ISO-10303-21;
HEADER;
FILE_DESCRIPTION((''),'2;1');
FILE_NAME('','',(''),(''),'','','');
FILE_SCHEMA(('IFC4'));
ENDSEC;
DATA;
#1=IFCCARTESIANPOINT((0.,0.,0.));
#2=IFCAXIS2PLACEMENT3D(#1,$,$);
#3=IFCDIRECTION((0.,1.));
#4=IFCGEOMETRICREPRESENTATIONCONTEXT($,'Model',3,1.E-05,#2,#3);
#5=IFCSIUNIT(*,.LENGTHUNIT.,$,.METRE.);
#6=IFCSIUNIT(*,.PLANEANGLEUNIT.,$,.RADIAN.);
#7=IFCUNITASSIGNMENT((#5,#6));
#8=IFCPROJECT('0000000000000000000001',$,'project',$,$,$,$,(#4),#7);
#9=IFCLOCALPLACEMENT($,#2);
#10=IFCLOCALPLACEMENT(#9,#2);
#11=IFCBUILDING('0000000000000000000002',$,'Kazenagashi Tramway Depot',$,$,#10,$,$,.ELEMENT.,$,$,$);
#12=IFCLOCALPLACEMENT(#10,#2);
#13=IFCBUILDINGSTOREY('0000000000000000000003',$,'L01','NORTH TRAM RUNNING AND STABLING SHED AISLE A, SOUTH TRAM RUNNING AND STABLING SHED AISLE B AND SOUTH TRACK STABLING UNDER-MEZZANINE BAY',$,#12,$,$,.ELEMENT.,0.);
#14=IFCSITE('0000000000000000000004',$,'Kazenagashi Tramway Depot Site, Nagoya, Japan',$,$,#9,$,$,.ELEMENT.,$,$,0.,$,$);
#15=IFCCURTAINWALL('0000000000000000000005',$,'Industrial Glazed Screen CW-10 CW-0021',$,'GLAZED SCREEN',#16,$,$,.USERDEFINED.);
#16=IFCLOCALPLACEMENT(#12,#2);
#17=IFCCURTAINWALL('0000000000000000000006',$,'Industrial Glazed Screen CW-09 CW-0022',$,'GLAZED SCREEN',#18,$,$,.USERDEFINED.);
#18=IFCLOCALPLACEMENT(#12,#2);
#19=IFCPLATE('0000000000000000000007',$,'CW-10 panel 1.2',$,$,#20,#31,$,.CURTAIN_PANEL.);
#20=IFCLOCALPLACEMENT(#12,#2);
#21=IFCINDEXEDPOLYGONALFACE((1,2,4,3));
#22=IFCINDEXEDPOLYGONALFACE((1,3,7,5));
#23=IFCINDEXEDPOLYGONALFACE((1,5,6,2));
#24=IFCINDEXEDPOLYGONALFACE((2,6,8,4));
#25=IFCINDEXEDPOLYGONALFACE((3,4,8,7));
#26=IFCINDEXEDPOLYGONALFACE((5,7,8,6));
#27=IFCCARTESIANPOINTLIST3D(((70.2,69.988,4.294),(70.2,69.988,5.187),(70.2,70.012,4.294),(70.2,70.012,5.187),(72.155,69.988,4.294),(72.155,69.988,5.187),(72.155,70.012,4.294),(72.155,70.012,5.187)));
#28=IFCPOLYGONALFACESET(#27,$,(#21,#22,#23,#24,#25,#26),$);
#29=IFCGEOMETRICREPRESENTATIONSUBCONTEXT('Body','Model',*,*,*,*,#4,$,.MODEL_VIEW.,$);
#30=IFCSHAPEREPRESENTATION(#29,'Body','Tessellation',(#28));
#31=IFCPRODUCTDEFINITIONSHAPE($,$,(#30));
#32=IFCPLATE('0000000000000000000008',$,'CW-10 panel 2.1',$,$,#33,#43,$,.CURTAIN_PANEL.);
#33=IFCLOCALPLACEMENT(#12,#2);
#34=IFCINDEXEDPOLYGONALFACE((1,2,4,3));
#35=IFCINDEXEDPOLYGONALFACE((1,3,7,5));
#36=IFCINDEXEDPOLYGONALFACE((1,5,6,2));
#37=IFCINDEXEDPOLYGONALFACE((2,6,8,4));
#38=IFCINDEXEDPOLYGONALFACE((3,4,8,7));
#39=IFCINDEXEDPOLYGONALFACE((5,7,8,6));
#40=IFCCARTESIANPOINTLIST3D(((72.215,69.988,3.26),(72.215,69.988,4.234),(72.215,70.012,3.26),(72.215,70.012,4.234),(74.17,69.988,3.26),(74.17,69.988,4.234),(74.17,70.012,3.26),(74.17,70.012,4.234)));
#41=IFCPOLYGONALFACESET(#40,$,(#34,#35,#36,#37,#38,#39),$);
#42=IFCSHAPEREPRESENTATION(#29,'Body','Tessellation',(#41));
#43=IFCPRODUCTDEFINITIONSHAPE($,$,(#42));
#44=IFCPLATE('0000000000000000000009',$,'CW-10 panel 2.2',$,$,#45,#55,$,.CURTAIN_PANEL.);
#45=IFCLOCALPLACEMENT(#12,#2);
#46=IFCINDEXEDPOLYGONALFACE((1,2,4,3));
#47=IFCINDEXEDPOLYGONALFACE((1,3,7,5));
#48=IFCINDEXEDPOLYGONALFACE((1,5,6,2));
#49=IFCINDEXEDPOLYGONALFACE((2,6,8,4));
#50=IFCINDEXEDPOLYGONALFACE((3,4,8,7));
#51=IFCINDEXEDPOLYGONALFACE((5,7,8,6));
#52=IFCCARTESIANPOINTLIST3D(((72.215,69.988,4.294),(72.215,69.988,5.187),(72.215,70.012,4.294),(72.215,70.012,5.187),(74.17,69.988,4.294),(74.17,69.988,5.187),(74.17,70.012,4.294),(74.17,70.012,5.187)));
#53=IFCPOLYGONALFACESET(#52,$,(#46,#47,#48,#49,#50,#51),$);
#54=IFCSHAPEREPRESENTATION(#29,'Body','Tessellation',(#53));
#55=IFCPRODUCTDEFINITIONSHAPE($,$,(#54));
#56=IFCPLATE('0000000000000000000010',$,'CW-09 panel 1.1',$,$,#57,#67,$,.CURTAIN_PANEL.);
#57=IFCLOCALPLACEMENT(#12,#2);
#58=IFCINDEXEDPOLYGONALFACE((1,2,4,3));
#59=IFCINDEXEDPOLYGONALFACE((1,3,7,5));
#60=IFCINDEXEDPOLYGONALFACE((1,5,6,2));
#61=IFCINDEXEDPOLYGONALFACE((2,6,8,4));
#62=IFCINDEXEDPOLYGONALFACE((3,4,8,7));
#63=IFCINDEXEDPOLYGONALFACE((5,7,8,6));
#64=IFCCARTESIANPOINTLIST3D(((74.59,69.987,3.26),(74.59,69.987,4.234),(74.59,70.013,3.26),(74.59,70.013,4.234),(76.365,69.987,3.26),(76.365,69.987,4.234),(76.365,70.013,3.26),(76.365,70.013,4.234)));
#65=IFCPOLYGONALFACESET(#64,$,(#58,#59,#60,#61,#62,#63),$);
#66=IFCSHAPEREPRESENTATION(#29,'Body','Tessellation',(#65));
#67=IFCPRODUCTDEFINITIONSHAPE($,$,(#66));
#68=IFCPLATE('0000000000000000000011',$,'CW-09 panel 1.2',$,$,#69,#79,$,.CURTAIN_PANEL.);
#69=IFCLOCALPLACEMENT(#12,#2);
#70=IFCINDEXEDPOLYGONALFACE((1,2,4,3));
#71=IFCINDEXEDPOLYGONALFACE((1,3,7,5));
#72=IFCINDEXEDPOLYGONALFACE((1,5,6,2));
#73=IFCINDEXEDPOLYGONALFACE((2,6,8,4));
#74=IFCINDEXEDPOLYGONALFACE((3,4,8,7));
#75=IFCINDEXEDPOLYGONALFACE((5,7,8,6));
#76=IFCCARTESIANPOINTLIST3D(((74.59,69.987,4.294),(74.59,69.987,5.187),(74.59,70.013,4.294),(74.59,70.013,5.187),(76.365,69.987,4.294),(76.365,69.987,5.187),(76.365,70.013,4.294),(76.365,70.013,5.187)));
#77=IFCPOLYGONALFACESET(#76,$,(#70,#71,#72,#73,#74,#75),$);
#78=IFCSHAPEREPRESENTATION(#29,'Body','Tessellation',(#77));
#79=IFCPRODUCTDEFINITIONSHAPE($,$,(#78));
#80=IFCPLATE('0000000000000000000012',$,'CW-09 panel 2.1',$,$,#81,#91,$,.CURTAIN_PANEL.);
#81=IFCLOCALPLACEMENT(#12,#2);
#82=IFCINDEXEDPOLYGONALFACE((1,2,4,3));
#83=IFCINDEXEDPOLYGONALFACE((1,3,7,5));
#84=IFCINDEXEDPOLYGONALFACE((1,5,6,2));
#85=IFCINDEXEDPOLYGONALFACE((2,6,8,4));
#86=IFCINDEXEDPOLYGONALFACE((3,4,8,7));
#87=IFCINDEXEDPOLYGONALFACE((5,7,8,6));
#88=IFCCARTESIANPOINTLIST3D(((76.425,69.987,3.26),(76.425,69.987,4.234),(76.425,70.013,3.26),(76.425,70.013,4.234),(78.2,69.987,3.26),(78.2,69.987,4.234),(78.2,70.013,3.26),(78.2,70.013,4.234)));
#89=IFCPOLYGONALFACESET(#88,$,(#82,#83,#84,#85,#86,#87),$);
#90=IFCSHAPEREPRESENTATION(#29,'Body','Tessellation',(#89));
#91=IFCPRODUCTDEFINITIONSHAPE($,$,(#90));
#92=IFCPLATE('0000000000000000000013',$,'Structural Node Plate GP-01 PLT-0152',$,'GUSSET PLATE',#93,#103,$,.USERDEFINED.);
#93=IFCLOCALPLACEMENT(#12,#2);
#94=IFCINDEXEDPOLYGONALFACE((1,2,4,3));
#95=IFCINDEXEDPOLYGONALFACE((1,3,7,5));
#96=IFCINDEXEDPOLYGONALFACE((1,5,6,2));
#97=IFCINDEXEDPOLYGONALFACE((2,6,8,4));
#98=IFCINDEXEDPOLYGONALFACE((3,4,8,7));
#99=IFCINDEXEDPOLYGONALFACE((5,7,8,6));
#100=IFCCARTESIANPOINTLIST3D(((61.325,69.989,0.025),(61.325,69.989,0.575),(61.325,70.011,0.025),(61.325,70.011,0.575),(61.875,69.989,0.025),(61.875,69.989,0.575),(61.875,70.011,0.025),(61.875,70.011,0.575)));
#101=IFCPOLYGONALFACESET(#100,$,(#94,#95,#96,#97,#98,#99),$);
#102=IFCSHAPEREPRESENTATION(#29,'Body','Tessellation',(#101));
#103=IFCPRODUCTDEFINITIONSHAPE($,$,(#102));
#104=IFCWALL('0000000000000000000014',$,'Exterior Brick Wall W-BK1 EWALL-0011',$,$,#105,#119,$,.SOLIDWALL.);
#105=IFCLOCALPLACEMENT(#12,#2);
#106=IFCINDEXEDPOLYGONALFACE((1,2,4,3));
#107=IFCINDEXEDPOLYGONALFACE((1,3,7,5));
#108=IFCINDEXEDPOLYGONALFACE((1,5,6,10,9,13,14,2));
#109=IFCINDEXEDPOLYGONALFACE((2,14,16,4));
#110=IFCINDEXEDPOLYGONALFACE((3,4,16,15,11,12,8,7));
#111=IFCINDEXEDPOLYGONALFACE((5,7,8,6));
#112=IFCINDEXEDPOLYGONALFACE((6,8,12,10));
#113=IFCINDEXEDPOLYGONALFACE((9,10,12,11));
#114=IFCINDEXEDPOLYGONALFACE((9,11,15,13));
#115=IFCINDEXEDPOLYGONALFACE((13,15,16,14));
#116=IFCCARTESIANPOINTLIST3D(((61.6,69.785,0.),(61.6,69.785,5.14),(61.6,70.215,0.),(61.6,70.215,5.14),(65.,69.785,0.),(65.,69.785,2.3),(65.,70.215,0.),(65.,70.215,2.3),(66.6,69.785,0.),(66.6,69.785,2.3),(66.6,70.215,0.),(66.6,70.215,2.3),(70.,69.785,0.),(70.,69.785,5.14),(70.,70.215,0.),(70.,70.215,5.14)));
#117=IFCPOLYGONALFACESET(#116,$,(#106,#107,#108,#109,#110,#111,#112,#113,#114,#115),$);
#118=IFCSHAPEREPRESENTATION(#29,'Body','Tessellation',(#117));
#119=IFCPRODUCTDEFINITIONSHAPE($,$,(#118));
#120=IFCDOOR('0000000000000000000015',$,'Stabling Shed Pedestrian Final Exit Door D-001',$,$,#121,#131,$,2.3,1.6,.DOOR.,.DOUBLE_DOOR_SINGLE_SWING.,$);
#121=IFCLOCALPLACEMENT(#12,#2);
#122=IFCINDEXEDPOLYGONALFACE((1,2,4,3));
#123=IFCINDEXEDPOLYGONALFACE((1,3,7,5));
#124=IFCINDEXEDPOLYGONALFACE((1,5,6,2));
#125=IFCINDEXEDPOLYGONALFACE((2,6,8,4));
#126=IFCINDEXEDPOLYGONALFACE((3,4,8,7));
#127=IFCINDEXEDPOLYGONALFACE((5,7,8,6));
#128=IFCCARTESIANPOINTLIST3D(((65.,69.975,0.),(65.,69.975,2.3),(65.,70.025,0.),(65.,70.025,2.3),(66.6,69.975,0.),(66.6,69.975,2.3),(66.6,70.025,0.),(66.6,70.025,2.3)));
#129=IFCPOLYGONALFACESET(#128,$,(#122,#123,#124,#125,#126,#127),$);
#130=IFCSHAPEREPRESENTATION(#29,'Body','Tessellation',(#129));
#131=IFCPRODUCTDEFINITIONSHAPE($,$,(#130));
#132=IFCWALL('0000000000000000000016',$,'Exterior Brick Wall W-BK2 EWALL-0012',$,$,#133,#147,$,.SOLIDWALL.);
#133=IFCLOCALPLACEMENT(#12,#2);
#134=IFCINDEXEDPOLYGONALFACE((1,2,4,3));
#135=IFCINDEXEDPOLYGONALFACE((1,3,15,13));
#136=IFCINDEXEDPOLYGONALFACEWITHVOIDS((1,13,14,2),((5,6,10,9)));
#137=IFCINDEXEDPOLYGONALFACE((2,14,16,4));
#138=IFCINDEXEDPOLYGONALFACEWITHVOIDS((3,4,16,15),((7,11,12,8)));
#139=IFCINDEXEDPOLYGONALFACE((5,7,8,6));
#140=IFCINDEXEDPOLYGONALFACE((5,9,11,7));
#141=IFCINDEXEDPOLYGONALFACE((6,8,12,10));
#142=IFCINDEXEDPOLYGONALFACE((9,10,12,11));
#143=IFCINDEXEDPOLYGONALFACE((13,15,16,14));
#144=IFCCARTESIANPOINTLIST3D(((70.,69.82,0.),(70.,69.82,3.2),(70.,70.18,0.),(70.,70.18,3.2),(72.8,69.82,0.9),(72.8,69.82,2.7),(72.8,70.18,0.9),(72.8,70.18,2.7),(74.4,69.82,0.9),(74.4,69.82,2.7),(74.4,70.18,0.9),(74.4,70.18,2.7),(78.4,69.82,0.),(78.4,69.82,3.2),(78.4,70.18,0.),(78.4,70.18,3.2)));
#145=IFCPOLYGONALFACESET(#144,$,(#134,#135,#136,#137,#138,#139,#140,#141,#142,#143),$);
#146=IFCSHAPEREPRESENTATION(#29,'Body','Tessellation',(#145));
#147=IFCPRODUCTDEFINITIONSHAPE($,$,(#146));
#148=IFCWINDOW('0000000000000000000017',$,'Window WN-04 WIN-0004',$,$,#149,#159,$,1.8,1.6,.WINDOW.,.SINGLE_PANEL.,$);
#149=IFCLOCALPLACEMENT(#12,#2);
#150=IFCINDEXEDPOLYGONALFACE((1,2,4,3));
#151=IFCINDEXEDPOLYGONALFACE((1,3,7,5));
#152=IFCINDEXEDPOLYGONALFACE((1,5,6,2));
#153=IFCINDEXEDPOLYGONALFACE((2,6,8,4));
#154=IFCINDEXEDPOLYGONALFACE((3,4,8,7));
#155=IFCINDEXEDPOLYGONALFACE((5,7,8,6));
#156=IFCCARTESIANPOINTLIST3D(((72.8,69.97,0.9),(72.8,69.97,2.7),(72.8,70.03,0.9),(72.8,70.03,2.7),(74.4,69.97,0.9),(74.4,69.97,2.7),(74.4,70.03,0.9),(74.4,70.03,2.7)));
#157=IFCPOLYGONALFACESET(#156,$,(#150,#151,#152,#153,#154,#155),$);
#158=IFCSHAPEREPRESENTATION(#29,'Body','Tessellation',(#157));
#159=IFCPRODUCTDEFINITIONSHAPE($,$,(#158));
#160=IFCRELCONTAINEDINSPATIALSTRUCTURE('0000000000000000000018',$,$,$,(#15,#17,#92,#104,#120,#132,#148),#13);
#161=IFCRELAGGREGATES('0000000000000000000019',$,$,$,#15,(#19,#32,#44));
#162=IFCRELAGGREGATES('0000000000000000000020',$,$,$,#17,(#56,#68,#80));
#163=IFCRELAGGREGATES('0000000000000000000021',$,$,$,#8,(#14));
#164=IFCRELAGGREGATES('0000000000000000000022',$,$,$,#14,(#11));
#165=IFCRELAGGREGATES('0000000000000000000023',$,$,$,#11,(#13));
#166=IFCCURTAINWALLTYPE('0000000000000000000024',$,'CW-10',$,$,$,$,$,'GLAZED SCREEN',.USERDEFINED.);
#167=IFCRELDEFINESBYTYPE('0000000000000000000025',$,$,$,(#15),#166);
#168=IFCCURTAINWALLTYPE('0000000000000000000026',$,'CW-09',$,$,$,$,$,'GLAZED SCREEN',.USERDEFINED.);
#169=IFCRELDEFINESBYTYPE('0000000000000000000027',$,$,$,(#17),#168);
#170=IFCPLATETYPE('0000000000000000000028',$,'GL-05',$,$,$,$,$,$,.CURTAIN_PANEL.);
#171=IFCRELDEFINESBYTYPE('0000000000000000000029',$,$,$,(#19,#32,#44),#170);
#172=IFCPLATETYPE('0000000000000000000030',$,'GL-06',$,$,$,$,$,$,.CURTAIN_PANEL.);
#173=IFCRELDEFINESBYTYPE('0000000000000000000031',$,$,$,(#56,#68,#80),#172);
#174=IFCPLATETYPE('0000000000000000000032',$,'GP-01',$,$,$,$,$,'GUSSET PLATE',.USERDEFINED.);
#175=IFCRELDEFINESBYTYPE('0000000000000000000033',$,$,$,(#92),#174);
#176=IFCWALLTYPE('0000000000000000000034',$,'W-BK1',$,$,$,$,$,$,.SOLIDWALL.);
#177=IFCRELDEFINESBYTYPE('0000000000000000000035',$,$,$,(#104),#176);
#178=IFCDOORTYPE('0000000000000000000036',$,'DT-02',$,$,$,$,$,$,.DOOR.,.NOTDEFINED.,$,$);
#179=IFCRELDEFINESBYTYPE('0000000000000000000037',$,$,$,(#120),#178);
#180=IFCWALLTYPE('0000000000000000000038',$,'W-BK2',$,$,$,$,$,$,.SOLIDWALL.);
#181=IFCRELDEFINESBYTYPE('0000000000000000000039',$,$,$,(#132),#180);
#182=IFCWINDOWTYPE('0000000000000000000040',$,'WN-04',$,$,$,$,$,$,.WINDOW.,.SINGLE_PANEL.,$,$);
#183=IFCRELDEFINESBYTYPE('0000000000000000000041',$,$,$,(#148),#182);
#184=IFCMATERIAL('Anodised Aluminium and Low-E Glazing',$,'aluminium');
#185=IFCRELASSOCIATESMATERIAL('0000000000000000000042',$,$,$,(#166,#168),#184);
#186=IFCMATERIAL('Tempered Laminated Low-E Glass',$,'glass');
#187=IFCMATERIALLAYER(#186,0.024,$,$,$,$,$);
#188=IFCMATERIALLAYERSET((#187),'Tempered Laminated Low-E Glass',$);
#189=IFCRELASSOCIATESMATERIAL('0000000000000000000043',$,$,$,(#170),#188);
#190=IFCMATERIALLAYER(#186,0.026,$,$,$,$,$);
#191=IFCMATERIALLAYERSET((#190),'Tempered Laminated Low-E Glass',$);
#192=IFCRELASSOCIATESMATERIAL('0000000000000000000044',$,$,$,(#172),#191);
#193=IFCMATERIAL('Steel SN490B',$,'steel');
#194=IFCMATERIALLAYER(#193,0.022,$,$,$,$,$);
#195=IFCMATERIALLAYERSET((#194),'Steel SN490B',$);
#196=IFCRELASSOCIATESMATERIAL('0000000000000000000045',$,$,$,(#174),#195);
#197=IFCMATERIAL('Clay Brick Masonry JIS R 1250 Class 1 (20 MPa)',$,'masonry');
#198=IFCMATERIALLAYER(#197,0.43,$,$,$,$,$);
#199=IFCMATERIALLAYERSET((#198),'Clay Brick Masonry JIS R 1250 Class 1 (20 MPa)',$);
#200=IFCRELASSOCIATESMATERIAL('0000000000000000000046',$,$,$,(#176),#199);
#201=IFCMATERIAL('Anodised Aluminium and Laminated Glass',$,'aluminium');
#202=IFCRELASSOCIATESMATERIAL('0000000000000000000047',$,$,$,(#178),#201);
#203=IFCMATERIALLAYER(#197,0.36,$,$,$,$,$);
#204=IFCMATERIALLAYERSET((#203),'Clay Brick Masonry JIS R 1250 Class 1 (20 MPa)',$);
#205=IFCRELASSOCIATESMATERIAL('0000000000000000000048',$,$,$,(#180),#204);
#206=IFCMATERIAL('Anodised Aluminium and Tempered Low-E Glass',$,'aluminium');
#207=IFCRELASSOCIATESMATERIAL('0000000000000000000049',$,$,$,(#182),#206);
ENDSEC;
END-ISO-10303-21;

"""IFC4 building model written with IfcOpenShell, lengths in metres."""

from ifc_helpers import new_model, si_unit, direction, frame, frame_2d, origin, origin_2d, place, context, subcontext, project, spatial, rectangle, extrude, material, layer, layer_set, type_object, element, fill, aggregate, save


model = new_model("IFC4")

# Units and contexts
model_context = context("Model", 3, precision=1e-05, world=origin(), true_north=direction((0.0, 1.0)))
body_context = subcontext(model_context, "Body", "Model", "MODEL_VIEW")
ifc_project = project(units=[si_unit("LENGTHUNIT", "METRE"), si_unit("PLANEANGLEUNIT", "RADIAN")], contexts=[model_context])

# Site, building, storey
site_placement = place(None, origin())
site = spatial("IfcSite", under=ifc_project, at=site_placement, Name="Kazenagashi Tramway Depot Site, Nagoya, Japan", CompositionType="ELEMENT", RefElevation=0.0)
building_placement = place(site_placement, origin())
building = spatial("IfcBuilding", under=site, at=building_placement, Name="Kazenagashi Tramway Depot", CompositionType="ELEMENT")
storey_placement = place(building_placement, origin())
storey = spatial("IfcBuildingStorey", under=building, at=storey_placement, Name="L01", Description="NORTH TRAM RUNNING AND STABLING SHED AISLE A, SOUTH TRAM RUNNING AND STABLING SHED AISLE B AND SOUTH TRACK STABLING UNDER-MEZZANINE BAY", CompositionType="ELEMENT", Elevation=0.0)

# Shared definitions
ifc_material_1 = material(Name="Steel SN490B", Category="steel")

# Curtain walls
ifc_material_2 = material(Name="Anodised Aluminium and Low-E Glazing", Category="aluminium")
curtain_wall_type_1 = type_object("IfcCurtainWallType", Name="CW-10", ElementType="GLAZED SCREEN", PredefinedType="USERDEFINED", material=ifc_material_2)
curtain_wall_1_placement = place(storey_placement, origin())
curtain_wall_1 = element("IfcCurtainWall", 1, at=curtain_wall_1_placement, inside=storey, type_object=curtain_wall_type_1, Name="Industrial Glazed Screen CW-10 CW-0021", ObjectType="GLAZED SCREEN", PredefinedType="USERDEFINED")
curtain_wall_type_2 = type_object("IfcCurtainWallType", Name="CW-09", ElementType="GLAZED SCREEN", PredefinedType="USERDEFINED", material=ifc_material_2)
curtain_wall_2_placement = place(storey_placement, origin())
curtain_wall_2 = element("IfcCurtainWall", 2, at=curtain_wall_2_placement, inside=storey, type_object=curtain_wall_type_2, Name="Industrial Glazed Screen CW-09 CW-0022", ObjectType="GLAZED SCREEN", PredefinedType="USERDEFINED")

# Plates
ifc_material_3 = material(Name="Tempered Laminated Low-E Glass", Category="glass")
ifc_layer_1 = layer(ifc_material_3, 0.024)
ifc_layer_set_1 = layer_set([ifc_layer_1], Name="Tempered Laminated Low-E Glass")
plate_type_1 = type_object("IfcPlateType", Name="GL-05", PredefinedType="CURTAIN_PANEL", material=ifc_layer_set_1)
plate_1_placement = place(storey_placement, frame((71.1775, 70.0, 4.294), z_axis=(0.0, 0.0, 1.0), x_axis=(1.0, 0.0, 0.0)))
plate_1 = element("IfcPlate", 3, at=plate_1_placement, type_object=plate_type_1, Name="CW-10 panel 1.2", PredefinedType="CURTAIN_PANEL", context=body_context, shape_type="SweptSolid", body=[
    extrude(rectangle(XDim=1.955, YDim=0.024, at=origin_2d()), origin(), (0.0, 0.0, 1.0), 0.893),
])
plate_2_placement = place(storey_placement, frame((73.1925, 70.0, 3.26), z_axis=(0.0, 0.0, 1.0), x_axis=(1.0, 0.0, 0.0)))
plate_2 = element("IfcPlate", 4, at=plate_2_placement, type_object=plate_type_1, Name="CW-10 panel 2.1", PredefinedType="CURTAIN_PANEL", context=body_context, shape_type="SweptSolid", body=[
    extrude(rectangle(XDim=1.955, YDim=0.024, at=origin_2d()), origin(), (0.0, 0.0, 1.0), 0.974),
])
plate_3_placement = place(storey_placement, frame((73.1925, 70.0, 4.294), z_axis=(0.0, 0.0, 1.0), x_axis=(1.0, 0.0, 0.0)))
plate_3 = element("IfcPlate", 5, at=plate_3_placement, type_object=plate_type_1, Name="CW-10 panel 2.2", PredefinedType="CURTAIN_PANEL", context=body_context, shape_type="SweptSolid", body=[
    extrude(rectangle(XDim=1.955, YDim=0.024, at=origin_2d()), origin(), (0.0, 0.0, 1.0), 0.893),
])
aggregate(curtain_wall_1, [plate_1, plate_2, plate_3])
ifc_layer_2 = layer(ifc_material_3, 0.026)
ifc_layer_set_2 = layer_set([ifc_layer_2], Name="Tempered Laminated Low-E Glass")
plate_type_2 = type_object("IfcPlateType", Name="GL-06", PredefinedType="CURTAIN_PANEL", material=ifc_layer_set_2)
plate_4_placement = place(storey_placement, frame((75.4775, 70.0, 3.26), z_axis=(0.0, 0.0, 1.0), x_axis=(1.0, 0.0, 0.0)))
plate_4 = element("IfcPlate", 6, at=plate_4_placement, type_object=plate_type_2, Name="CW-09 panel 1.1", PredefinedType="CURTAIN_PANEL", context=body_context, shape_type="SweptSolid", body=[
    extrude(rectangle(XDim=1.775, YDim=0.026, at=origin_2d()), origin(), (0.0, 0.0, 1.0), 0.974),
])
plate_5_placement = place(storey_placement, frame((75.4775, 70.0, 4.294), z_axis=(0.0, 0.0, 1.0), x_axis=(1.0, 0.0, 0.0)))
plate_5 = element("IfcPlate", 7, at=plate_5_placement, type_object=plate_type_2, Name="CW-09 panel 1.2", PredefinedType="CURTAIN_PANEL", context=body_context, shape_type="SweptSolid", body=[
    extrude(rectangle(XDim=1.775, YDim=0.026, at=origin_2d()), origin(), (0.0, 0.0, 1.0), 0.893),
])
plate_6_placement = place(storey_placement, frame((77.3125, 70.0, 3.26), z_axis=(0.0, 0.0, 1.0), x_axis=(1.0, 0.0, 0.0)))
plate_6 = element("IfcPlate", 8, at=plate_6_placement, type_object=plate_type_2, Name="CW-09 panel 2.1", PredefinedType="CURTAIN_PANEL", context=body_context, shape_type="SweptSolid", body=[
    extrude(rectangle(XDim=1.775, YDim=0.026, at=origin_2d()), origin(), (0.0, 0.0, 1.0), 0.974),
])
aggregate(curtain_wall_2, [plate_4, plate_5, plate_6])
ifc_layer_3 = layer(ifc_material_1, 0.022)
ifc_layer_set_3 = layer_set([ifc_layer_3], Name="Steel SN490B")
plate_type_3 = type_object("IfcPlateType", Name="GP-01", ElementType="GUSSET PLATE", PredefinedType="USERDEFINED", material=ifc_layer_set_3)
plate_7_placement = place(storey_placement, frame((61.6, 70.0, 0.025), z_axis=(0.0, 0.0, 1.0), x_axis=(1.0, 0.0, 0.0)))
element("IfcPlate", 9, at=plate_7_placement, inside=storey, type_object=plate_type_3, Name="Structural Node Plate GP-01 PLT-0152", ObjectType="GUSSET PLATE", PredefinedType="USERDEFINED", context=body_context, shape_type="SweptSolid", body=[
    extrude(rectangle(XDim=0.55, YDim=0.022, at=origin_2d()), origin(), (0.0, 0.0, 1.0), 0.55),
])

# Wall, opening, door
ifc_material_4 = material(Name="Clay Brick Masonry JIS R 1250 Class 1 (20 MPa)", Category="masonry")
ifc_layer_4 = layer(ifc_material_4, 0.43)
ifc_layer_set_4 = layer_set([ifc_layer_4], Name="Clay Brick Masonry JIS R 1250 Class 1 (20 MPa)")
wall_type_1 = type_object("IfcWallType", Name="W-BK1", PredefinedType="SOLIDWALL", material=ifc_layer_set_4)
wall_1_placement = place(storey_placement, frame((61.6, 70.0, 0.0), z_axis=(0.0, 0.0, 1.0), x_axis=(1.0, 0.0, 0.0)))
wall_1 = element("IfcWall", 10, at=wall_1_placement, inside=storey, type_object=wall_type_1, Name="Exterior Brick Wall W-BK1 EWALL-0011", PredefinedType="SOLIDWALL", context=body_context, shape_type="SweptSolid", body=[
    extrude(rectangle(XDim=8.4, YDim=0.43, at=frame_2d((4.2, 0.0))), origin(), (0.0, 0.0, 1.0), 5.14),
])
opening_1_placement = place(wall_1_placement, frame((3.4, 0.0, 0.0)))
opening_1 = element("IfcOpeningElement", 11, at=opening_1_placement, cuts=wall_1, PredefinedType="OPENING", context=body_context, shape_type="SweptSolid", body=[
    extrude(rectangle(XDim=1.6, YDim=2.3, at=frame_2d((0.8, 1.15))), frame((0.0, 0.225, 0.0), z_axis=(0.0, -1.0, 0.0), x_axis=(1.0, 0.0, 0.0)), (0.0, 0.0, 1.0), 0.45),
])
ifc_material_5 = material(Name="Anodised Aluminium and Laminated Glass", Category="aluminium")
door_type = type_object("IfcDoorType", Name="DT-02", OperationType="NOTDEFINED", PredefinedType="DOOR", material=ifc_material_5)
door_placement = place(opening_1_placement, frame((1.6, 0.0, 0.0), z_axis=(0.0, 0.0, 1.0), x_axis=(-1.0, 0.0, 0.0)))
door = element("IfcDoor", 12, at=door_placement, inside=storey, type_object=door_type, Name="Stabling Shed Pedestrian Final Exit Door D-001", OperationType="DOUBLE_DOOR_SINGLE_SWING", OverallHeight=2.3, OverallWidth=1.6, PredefinedType="DOOR", context=body_context, shape_type="SweptSolid", body=[
    extrude(rectangle(XDim=1.6, YDim=2.3, at=frame_2d((0.8, 1.15))), frame((0.0, 0.025, 0.0), z_axis=(0.0, -1.0, 0.0), x_axis=(1.0, 0.0, 0.0)), (0.0, 0.0, 1.0), 0.05),
])
fill(opening_1, door)

# Wall, opening, window
ifc_layer_5 = layer(ifc_material_4, 0.36)
ifc_layer_set_5 = layer_set([ifc_layer_5], Name="Clay Brick Masonry JIS R 1250 Class 1 (20 MPa)")
wall_type_2 = type_object("IfcWallType", Name="W-BK2", PredefinedType="SOLIDWALL", material=ifc_layer_set_5)
wall_2_placement = place(storey_placement, frame((70.0, 70.0, 0.0), z_axis=(0.0, 0.0, 1.0), x_axis=(1.0, 0.0, 0.0)))
wall_2 = element("IfcWall", 13, at=wall_2_placement, inside=storey, type_object=wall_type_2, Name="Exterior Brick Wall W-BK2 EWALL-0012", PredefinedType="SOLIDWALL", context=body_context, shape_type="SweptSolid", body=[
    extrude(rectangle(XDim=8.4, YDim=0.36, at=frame_2d((4.2, 0.0))), origin(), (0.0, 0.0, 1.0), 3.2),
])
opening_2_placement = place(wall_2_placement, frame((2.8, 0.0, 0.9)))
opening_2 = element("IfcOpeningElement", 14, at=opening_2_placement, cuts=wall_2, PredefinedType="OPENING", context=body_context, shape_type="SweptSolid", body=[
    extrude(rectangle(XDim=1.6, YDim=1.8, at=frame_2d((0.8, 0.9))), frame((0.0, 0.19, 0.0), z_axis=(0.0, -1.0, 0.0), x_axis=(1.0, 0.0, 0.0)), (0.0, 0.0, 1.0), 0.38),
])
ifc_material_6 = material(Name="Anodised Aluminium and Tempered Low-E Glass", Category="aluminium")
window_type = type_object("IfcWindowType", Name="WN-04", PartitioningType="SINGLE_PANEL", PredefinedType="WINDOW", material=ifc_material_6)
window_placement = place(opening_2_placement, origin())
window = element("IfcWindow", 15, at=window_placement, inside=storey, type_object=window_type, Name="Window WN-04 WIN-0004", OverallHeight=1.8, OverallWidth=1.6, PartitioningType="SINGLE_PANEL", PredefinedType="WINDOW", context=body_context, shape_type="SweptSolid", body=[
    extrude(rectangle(XDim=1.6, YDim=1.8, at=frame_2d((0.8, 0.9))), frame((0.0, 0.03, 0.0), z_axis=(0.0, -1.0, 0.0), x_axis=(1.0, 0.0, 0.0)), (0.0, 0.0, 1.0), 0.06),
])
fill(opening_2, window)

save(model, "model.ifc")
